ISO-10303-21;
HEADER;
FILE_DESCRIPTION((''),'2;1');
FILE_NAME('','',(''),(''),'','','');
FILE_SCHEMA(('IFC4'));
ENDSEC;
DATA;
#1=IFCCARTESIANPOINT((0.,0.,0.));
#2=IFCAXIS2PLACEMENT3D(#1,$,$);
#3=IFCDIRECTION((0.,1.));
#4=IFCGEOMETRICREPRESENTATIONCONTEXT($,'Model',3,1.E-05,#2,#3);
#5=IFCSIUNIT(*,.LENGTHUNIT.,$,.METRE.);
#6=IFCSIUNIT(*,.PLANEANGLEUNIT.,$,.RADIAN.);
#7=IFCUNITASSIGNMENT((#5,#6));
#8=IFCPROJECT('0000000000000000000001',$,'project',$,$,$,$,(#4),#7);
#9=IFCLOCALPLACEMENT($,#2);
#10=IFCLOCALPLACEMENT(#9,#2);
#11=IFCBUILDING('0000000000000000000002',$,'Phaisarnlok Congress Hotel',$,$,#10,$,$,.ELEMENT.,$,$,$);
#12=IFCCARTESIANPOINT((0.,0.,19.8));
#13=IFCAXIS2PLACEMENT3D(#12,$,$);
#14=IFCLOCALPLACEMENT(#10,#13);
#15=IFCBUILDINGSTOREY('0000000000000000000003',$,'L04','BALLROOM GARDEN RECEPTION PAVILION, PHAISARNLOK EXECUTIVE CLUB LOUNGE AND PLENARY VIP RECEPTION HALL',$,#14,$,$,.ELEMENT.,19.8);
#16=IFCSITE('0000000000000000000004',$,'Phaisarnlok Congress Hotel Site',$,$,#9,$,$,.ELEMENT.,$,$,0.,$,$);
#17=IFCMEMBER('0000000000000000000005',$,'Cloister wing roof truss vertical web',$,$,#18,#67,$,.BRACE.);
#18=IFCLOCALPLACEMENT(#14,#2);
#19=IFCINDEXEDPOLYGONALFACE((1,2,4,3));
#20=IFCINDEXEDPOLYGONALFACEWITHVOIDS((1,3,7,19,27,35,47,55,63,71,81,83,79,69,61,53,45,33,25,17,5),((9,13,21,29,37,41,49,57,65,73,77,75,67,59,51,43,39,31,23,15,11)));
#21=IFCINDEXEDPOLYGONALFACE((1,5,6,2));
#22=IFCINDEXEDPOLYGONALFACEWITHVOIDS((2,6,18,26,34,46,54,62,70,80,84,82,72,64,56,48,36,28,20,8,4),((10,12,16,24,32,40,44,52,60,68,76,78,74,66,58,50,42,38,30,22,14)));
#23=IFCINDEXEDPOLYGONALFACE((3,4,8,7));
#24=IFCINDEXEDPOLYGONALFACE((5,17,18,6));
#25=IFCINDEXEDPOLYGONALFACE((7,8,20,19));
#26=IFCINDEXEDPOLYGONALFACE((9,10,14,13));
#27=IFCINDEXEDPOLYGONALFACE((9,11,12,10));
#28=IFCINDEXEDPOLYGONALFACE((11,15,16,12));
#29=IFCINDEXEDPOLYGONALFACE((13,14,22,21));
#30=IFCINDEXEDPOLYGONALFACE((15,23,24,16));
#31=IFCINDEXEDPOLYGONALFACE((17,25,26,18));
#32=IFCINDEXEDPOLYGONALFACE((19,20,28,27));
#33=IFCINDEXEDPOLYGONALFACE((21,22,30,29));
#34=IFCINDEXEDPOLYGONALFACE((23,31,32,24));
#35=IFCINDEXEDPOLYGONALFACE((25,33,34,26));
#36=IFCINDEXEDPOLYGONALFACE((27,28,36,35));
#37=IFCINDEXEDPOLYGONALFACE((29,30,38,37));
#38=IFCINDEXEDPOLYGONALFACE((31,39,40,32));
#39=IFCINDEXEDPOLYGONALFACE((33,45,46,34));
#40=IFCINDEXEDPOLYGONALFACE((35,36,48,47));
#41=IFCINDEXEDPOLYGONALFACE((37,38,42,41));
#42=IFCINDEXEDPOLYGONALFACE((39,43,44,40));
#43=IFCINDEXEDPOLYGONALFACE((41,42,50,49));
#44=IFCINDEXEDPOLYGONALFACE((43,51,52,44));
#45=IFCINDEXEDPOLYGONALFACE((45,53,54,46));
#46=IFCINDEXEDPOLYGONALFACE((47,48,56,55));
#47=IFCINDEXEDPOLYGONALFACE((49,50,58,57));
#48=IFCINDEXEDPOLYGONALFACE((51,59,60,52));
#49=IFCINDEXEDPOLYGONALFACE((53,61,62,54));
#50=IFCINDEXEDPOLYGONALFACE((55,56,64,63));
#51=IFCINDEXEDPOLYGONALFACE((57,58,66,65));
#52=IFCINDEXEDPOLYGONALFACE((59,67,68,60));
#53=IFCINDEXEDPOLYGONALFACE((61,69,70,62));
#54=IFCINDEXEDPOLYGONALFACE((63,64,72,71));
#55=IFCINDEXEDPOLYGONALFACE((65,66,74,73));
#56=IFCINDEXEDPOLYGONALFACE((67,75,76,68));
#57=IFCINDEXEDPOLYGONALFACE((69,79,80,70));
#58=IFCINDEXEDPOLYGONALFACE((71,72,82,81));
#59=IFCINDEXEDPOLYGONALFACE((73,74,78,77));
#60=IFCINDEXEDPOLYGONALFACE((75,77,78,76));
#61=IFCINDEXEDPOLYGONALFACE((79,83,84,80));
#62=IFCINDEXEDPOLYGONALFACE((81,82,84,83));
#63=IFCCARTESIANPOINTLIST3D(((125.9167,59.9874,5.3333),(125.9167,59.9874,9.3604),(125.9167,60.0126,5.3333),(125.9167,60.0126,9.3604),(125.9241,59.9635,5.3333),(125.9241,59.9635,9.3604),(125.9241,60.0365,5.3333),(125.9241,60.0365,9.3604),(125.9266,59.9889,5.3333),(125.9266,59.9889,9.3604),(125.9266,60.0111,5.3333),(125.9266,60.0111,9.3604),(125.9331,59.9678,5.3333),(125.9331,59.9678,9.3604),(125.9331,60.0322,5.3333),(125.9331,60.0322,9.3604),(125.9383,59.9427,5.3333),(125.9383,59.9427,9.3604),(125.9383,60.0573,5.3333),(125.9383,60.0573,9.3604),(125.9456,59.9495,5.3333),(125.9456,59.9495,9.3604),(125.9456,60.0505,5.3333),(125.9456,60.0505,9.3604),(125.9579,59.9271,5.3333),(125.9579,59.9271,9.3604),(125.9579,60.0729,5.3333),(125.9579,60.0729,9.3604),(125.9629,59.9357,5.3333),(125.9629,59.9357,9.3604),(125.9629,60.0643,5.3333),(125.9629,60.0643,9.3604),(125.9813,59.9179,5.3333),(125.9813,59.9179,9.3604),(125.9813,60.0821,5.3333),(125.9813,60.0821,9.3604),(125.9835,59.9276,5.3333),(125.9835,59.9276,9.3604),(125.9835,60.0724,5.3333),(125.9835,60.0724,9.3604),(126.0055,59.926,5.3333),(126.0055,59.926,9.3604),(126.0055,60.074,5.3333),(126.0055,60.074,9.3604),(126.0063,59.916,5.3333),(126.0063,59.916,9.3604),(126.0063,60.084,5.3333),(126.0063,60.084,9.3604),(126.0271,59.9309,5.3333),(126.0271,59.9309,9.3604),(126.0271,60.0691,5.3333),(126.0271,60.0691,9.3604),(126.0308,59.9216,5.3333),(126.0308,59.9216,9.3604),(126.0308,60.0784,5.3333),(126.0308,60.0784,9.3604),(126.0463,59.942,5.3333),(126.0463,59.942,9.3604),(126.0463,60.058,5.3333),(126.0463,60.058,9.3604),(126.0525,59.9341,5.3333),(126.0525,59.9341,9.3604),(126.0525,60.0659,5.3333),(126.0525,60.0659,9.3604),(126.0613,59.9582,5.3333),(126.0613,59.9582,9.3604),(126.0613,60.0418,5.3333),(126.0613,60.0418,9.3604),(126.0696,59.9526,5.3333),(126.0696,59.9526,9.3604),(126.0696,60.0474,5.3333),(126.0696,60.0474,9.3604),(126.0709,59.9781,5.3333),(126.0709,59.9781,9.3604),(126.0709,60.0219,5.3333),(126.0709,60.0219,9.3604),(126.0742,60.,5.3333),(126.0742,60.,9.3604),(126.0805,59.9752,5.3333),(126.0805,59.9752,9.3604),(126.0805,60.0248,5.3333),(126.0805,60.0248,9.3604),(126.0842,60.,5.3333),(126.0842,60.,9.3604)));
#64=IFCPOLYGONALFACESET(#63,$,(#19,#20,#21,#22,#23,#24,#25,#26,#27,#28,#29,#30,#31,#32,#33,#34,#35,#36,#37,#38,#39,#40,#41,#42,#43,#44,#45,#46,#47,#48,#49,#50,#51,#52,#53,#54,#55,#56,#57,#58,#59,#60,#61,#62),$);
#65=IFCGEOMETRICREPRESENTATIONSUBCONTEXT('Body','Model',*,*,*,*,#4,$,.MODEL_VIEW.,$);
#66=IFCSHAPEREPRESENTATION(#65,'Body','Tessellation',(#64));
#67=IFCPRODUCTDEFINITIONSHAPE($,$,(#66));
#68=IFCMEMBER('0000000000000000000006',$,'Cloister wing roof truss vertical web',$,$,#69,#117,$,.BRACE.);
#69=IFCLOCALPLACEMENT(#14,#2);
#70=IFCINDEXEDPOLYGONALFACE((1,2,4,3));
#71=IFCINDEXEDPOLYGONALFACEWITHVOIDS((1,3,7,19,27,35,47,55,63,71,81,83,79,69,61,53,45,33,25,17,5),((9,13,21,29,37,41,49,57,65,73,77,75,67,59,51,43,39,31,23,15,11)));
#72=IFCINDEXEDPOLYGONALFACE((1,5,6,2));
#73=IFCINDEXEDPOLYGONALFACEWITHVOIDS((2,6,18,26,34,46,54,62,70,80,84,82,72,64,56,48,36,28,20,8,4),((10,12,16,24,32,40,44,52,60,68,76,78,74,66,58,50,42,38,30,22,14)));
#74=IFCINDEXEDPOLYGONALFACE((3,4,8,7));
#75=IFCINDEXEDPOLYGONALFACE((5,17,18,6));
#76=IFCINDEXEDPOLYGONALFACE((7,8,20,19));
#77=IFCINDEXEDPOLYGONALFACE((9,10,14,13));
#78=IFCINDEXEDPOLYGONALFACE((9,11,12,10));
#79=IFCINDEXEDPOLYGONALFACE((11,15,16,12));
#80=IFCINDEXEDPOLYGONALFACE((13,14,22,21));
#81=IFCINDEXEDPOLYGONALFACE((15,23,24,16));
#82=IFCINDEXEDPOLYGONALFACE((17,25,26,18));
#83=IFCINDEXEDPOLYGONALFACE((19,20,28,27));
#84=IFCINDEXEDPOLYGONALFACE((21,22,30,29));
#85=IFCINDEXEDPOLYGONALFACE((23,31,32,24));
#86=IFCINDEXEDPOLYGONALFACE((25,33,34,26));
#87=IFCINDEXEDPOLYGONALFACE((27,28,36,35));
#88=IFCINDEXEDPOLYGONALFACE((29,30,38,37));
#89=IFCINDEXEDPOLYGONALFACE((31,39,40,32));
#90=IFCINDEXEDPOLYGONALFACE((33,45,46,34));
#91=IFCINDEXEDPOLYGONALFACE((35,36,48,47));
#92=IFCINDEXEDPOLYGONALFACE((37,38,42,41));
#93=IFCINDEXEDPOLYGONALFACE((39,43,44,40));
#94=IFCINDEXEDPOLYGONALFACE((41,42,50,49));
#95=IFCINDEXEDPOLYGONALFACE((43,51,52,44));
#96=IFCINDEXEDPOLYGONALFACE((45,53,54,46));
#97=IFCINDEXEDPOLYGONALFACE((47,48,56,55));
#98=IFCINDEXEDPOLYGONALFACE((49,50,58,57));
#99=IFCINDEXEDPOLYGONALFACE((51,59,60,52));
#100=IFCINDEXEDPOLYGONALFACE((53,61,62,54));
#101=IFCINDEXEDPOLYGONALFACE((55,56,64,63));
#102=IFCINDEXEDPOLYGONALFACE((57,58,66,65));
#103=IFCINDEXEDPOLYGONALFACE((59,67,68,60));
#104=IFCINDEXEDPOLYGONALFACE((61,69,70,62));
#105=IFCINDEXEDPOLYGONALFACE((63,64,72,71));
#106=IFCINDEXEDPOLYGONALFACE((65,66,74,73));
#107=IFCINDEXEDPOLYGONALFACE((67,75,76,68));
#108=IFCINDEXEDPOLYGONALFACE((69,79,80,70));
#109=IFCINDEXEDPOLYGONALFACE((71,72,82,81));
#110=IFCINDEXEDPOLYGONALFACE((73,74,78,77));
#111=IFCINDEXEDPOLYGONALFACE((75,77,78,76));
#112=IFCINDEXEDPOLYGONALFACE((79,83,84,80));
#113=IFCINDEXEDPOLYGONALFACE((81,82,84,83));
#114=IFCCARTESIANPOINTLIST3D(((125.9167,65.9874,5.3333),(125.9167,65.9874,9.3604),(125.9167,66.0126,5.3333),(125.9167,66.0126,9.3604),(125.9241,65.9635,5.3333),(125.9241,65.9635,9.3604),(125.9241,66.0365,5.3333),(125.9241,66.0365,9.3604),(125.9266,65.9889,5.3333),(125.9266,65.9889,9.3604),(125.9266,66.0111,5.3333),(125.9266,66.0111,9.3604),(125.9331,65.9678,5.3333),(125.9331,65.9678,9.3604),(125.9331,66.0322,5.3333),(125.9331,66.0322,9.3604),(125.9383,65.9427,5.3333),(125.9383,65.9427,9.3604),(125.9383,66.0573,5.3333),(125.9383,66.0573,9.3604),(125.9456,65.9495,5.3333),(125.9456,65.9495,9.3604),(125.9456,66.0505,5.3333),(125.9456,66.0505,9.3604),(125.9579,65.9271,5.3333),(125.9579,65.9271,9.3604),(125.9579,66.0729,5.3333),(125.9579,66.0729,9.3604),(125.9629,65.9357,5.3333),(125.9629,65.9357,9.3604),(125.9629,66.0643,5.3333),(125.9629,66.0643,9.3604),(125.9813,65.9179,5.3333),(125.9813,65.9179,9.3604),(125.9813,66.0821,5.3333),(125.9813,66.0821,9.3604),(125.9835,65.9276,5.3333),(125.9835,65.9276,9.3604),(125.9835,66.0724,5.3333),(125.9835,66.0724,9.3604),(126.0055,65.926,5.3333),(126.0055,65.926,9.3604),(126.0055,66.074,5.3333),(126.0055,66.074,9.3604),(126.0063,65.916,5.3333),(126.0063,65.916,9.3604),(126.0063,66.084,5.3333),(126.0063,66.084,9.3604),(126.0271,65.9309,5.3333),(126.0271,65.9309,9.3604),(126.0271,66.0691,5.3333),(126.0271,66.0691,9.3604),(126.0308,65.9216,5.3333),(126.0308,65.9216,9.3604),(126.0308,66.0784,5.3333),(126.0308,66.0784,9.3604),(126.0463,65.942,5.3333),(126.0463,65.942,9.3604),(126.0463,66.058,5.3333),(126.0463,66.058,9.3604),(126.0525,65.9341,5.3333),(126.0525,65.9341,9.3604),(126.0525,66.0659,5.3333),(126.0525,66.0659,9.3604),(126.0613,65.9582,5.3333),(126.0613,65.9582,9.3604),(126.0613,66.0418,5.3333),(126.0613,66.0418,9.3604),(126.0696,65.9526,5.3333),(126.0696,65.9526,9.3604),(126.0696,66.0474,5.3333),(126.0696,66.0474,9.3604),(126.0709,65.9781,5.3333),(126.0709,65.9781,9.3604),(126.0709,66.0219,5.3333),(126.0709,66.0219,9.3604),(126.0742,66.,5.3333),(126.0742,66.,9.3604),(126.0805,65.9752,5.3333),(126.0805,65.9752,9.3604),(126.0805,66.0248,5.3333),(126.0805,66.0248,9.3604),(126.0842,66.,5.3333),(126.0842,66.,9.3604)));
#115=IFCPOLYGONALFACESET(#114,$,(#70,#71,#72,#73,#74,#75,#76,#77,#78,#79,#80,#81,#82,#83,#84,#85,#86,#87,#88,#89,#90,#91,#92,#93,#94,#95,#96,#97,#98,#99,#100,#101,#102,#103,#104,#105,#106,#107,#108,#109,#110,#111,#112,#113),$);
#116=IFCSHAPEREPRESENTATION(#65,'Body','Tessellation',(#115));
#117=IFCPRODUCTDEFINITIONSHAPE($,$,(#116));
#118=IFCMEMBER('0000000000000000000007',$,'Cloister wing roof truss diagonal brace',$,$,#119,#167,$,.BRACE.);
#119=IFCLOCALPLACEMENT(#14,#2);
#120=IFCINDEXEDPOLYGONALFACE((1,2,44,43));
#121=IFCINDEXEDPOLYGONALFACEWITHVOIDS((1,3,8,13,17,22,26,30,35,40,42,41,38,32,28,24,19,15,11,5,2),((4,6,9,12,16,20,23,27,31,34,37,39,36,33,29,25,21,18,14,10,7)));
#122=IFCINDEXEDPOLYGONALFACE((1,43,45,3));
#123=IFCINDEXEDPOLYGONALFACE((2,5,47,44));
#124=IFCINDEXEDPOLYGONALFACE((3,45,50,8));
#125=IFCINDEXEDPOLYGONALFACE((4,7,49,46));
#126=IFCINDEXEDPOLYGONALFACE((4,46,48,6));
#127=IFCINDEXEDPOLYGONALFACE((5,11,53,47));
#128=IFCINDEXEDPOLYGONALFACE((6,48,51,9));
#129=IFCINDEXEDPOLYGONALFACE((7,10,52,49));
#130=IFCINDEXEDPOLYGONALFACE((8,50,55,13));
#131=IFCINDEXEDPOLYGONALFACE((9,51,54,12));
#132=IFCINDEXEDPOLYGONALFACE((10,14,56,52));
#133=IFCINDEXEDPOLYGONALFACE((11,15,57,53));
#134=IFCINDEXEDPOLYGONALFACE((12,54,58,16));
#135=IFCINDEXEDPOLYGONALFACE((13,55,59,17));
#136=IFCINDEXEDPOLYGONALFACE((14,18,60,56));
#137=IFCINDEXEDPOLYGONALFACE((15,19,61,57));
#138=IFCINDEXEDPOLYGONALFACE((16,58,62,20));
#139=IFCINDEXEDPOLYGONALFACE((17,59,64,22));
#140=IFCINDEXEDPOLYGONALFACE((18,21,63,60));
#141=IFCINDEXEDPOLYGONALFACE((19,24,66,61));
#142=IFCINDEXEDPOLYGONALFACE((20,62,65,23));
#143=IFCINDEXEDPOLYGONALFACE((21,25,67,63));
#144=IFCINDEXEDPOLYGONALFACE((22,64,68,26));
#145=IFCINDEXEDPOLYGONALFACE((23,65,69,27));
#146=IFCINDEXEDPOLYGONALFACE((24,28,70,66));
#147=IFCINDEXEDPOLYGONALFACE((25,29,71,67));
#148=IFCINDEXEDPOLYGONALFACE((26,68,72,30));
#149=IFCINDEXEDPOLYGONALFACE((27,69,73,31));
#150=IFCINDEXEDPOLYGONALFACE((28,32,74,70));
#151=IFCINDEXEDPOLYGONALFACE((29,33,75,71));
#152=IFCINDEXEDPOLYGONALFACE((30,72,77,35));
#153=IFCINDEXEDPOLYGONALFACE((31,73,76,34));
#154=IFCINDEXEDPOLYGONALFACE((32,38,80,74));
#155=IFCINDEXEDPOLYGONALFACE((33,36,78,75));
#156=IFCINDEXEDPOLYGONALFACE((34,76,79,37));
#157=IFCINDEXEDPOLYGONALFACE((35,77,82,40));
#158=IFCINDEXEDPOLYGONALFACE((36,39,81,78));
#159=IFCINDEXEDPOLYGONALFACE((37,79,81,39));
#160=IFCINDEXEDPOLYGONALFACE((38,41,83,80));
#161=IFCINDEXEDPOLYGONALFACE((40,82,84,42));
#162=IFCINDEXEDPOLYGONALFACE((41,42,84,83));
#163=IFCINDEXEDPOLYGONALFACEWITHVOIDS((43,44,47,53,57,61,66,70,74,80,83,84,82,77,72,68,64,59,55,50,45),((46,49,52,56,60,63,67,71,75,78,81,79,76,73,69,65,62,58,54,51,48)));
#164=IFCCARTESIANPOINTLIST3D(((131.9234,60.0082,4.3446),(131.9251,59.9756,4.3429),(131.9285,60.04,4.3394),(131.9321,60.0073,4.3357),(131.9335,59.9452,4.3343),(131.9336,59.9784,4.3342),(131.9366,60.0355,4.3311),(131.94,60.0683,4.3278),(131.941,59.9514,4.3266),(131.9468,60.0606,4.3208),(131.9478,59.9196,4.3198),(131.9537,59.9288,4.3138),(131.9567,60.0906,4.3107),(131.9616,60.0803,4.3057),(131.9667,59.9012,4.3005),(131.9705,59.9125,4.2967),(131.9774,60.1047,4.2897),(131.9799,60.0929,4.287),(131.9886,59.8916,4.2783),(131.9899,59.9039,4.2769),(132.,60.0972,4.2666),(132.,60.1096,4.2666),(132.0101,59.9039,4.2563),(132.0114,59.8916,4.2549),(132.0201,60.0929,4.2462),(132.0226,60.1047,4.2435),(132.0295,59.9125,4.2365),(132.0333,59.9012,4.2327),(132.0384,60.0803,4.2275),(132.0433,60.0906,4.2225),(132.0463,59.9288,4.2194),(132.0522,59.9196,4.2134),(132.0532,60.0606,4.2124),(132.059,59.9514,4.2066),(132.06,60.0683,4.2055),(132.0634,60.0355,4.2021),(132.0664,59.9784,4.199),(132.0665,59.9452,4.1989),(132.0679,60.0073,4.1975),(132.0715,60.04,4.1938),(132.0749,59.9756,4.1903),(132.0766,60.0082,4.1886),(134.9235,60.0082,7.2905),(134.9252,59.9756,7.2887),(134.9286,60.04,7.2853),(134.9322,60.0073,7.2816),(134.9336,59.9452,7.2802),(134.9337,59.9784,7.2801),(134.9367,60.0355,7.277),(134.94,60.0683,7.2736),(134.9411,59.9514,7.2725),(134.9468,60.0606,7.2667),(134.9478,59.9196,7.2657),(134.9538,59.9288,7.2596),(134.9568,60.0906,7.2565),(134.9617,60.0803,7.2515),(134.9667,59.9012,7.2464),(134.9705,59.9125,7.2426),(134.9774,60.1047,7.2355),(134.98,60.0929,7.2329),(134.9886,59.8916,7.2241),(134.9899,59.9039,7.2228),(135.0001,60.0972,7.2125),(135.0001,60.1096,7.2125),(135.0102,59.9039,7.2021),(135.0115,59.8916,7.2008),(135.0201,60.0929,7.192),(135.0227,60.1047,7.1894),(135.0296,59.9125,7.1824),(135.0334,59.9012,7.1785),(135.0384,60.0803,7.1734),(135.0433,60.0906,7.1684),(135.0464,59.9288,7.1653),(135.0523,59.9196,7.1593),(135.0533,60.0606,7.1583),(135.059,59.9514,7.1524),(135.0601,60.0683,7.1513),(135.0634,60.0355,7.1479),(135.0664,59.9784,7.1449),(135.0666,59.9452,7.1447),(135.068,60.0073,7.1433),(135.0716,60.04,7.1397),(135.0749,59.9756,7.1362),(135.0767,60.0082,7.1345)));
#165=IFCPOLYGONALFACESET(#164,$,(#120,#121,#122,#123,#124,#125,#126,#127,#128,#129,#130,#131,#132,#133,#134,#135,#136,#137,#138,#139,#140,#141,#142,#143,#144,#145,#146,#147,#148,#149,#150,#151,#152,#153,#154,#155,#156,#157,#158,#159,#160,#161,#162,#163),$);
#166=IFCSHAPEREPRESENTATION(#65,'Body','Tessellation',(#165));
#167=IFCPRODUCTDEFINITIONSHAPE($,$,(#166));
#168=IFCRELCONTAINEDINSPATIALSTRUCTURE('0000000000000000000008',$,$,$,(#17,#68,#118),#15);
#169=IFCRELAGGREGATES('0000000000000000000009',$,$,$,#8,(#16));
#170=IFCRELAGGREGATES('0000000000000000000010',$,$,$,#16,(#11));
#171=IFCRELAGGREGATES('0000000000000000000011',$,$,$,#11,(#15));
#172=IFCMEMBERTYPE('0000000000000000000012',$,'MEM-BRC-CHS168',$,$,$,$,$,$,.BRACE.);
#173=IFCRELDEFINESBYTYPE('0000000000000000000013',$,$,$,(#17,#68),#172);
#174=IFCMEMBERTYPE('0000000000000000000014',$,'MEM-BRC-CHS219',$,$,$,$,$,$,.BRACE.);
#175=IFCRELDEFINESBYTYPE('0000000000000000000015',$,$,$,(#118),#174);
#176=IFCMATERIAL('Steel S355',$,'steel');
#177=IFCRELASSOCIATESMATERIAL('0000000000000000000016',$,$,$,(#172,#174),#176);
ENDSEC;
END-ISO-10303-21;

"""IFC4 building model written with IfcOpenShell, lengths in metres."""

from ifc_helpers import new_model, si_unit, direction, frame, origin, origin_2d, place, context, subcontext, project, spatial, hollow_circle, extrude, material, material_profile, profile_set, type_object, element, save


model = new_model("IFC4")

# Units and contexts
model_context = context("Model", 3, precision=1e-05, world=origin(), true_north=direction((0.0, 1.0)))
body_context = subcontext(model_context, "Body", "Model", "MODEL_VIEW")
ifc_project = project(units=[si_unit("LENGTHUNIT", "METRE"), si_unit("PLANEANGLEUNIT", "RADIAN")], contexts=[model_context])

# Site, building, storey
site_placement = place(None, origin())
site = spatial("IfcSite", under=ifc_project, at=site_placement, Name="Phaisarnlok Congress Hotel Site", CompositionType="ELEMENT", RefElevation=0.0)
building_placement = place(site_placement, origin())
building = spatial("IfcBuilding", under=site, at=building_placement, Name="Phaisarnlok Congress Hotel", CompositionType="ELEMENT")
storey_placement = place(building_placement, frame((0.0, 0.0, 19.8)))
storey = spatial("IfcBuildingStorey", under=building, at=storey_placement, Name="L04", Description="BALLROOM GARDEN RECEPTION PAVILION, PHAISARNLOK EXECUTIVE CLUB LOUNGE AND PLENARY VIP RECEPTION HALL", CompositionType="ELEMENT", Elevation=19.8)

# Shared definitions
ifc_material_1 = material(Name="Steel S355", Category="steel")

# Members
ifc_material_profile_1 = material_profile(ifc_material_1, hollow_circle(Radius=0.0842, WallThickness=0.01, at=origin_2d()), Name="CHS 168.3x10")
ifc_profile_set_1 = profile_set([ifc_material_profile_1], Name="Steel S355")
member_type_1 = type_object("IfcMemberType", Name="MEM-BRC-CHS168", PredefinedType="BRACE", material=ifc_profile_set_1)
for number, where, z_axis, x_axis, name in (
    (1, (126.0, 60.0, 5.3333), (0.0, 0.0, 1.0), (1.0, 0.0, 0.0), "Cloister wing roof truss vertical web"),
    (2, (126.0, 66.0, 5.3333), (0.0, 0.0, 1.0), (1.0, 0.0, 0.0), "Cloister wing roof truss vertical web"),
):
    element("IfcMember", number, at=place(storey_placement, frame(where, z_axis=z_axis, x_axis=x_axis)), inside=storey, type_object=member_type_1, Name=name, PredefinedType="BRACE", context=body_context, shape_type="SweptSolid", body=[
        extrude(hollow_circle(Radius=0.0842, WallThickness=0.01, at=origin_2d()), origin(), (0.0, 0.0, 1.0), 4.0271),
    ])
ifc_material_profile_2 = material_profile(ifc_material_1, hollow_circle(Radius=0.1096, WallThickness=0.0125, at=origin_2d()), Name="CHS 219.1x12.5")
ifc_profile_set_2 = profile_set([ifc_material_profile_2], Name="Steel S355")
member_type_2 = type_object("IfcMemberType", Name="MEM-BRC-CHS219", PredefinedType="BRACE", material=ifc_profile_set_2)
member_1_placement = place(storey_placement, frame((132.0, 60.0, 4.2666), z_axis=(0.713523, 0.0, 0.700632), x_axis=(0.0, 1.0, 0.0)))
element("IfcMember", 3, at=member_1_placement, inside=storey, type_object=member_type_2, Name="Cloister wing roof truss diagonal brace", PredefinedType="BRACE", context=body_context, shape_type="SweptSolid", body=[
    extrude(hollow_circle(Radius=0.1096, WallThickness=0.0125, at=origin_2d()), origin(), (0.0, 0.0, 1.0), 4.2046),
])

save(model, "model.ifc")
